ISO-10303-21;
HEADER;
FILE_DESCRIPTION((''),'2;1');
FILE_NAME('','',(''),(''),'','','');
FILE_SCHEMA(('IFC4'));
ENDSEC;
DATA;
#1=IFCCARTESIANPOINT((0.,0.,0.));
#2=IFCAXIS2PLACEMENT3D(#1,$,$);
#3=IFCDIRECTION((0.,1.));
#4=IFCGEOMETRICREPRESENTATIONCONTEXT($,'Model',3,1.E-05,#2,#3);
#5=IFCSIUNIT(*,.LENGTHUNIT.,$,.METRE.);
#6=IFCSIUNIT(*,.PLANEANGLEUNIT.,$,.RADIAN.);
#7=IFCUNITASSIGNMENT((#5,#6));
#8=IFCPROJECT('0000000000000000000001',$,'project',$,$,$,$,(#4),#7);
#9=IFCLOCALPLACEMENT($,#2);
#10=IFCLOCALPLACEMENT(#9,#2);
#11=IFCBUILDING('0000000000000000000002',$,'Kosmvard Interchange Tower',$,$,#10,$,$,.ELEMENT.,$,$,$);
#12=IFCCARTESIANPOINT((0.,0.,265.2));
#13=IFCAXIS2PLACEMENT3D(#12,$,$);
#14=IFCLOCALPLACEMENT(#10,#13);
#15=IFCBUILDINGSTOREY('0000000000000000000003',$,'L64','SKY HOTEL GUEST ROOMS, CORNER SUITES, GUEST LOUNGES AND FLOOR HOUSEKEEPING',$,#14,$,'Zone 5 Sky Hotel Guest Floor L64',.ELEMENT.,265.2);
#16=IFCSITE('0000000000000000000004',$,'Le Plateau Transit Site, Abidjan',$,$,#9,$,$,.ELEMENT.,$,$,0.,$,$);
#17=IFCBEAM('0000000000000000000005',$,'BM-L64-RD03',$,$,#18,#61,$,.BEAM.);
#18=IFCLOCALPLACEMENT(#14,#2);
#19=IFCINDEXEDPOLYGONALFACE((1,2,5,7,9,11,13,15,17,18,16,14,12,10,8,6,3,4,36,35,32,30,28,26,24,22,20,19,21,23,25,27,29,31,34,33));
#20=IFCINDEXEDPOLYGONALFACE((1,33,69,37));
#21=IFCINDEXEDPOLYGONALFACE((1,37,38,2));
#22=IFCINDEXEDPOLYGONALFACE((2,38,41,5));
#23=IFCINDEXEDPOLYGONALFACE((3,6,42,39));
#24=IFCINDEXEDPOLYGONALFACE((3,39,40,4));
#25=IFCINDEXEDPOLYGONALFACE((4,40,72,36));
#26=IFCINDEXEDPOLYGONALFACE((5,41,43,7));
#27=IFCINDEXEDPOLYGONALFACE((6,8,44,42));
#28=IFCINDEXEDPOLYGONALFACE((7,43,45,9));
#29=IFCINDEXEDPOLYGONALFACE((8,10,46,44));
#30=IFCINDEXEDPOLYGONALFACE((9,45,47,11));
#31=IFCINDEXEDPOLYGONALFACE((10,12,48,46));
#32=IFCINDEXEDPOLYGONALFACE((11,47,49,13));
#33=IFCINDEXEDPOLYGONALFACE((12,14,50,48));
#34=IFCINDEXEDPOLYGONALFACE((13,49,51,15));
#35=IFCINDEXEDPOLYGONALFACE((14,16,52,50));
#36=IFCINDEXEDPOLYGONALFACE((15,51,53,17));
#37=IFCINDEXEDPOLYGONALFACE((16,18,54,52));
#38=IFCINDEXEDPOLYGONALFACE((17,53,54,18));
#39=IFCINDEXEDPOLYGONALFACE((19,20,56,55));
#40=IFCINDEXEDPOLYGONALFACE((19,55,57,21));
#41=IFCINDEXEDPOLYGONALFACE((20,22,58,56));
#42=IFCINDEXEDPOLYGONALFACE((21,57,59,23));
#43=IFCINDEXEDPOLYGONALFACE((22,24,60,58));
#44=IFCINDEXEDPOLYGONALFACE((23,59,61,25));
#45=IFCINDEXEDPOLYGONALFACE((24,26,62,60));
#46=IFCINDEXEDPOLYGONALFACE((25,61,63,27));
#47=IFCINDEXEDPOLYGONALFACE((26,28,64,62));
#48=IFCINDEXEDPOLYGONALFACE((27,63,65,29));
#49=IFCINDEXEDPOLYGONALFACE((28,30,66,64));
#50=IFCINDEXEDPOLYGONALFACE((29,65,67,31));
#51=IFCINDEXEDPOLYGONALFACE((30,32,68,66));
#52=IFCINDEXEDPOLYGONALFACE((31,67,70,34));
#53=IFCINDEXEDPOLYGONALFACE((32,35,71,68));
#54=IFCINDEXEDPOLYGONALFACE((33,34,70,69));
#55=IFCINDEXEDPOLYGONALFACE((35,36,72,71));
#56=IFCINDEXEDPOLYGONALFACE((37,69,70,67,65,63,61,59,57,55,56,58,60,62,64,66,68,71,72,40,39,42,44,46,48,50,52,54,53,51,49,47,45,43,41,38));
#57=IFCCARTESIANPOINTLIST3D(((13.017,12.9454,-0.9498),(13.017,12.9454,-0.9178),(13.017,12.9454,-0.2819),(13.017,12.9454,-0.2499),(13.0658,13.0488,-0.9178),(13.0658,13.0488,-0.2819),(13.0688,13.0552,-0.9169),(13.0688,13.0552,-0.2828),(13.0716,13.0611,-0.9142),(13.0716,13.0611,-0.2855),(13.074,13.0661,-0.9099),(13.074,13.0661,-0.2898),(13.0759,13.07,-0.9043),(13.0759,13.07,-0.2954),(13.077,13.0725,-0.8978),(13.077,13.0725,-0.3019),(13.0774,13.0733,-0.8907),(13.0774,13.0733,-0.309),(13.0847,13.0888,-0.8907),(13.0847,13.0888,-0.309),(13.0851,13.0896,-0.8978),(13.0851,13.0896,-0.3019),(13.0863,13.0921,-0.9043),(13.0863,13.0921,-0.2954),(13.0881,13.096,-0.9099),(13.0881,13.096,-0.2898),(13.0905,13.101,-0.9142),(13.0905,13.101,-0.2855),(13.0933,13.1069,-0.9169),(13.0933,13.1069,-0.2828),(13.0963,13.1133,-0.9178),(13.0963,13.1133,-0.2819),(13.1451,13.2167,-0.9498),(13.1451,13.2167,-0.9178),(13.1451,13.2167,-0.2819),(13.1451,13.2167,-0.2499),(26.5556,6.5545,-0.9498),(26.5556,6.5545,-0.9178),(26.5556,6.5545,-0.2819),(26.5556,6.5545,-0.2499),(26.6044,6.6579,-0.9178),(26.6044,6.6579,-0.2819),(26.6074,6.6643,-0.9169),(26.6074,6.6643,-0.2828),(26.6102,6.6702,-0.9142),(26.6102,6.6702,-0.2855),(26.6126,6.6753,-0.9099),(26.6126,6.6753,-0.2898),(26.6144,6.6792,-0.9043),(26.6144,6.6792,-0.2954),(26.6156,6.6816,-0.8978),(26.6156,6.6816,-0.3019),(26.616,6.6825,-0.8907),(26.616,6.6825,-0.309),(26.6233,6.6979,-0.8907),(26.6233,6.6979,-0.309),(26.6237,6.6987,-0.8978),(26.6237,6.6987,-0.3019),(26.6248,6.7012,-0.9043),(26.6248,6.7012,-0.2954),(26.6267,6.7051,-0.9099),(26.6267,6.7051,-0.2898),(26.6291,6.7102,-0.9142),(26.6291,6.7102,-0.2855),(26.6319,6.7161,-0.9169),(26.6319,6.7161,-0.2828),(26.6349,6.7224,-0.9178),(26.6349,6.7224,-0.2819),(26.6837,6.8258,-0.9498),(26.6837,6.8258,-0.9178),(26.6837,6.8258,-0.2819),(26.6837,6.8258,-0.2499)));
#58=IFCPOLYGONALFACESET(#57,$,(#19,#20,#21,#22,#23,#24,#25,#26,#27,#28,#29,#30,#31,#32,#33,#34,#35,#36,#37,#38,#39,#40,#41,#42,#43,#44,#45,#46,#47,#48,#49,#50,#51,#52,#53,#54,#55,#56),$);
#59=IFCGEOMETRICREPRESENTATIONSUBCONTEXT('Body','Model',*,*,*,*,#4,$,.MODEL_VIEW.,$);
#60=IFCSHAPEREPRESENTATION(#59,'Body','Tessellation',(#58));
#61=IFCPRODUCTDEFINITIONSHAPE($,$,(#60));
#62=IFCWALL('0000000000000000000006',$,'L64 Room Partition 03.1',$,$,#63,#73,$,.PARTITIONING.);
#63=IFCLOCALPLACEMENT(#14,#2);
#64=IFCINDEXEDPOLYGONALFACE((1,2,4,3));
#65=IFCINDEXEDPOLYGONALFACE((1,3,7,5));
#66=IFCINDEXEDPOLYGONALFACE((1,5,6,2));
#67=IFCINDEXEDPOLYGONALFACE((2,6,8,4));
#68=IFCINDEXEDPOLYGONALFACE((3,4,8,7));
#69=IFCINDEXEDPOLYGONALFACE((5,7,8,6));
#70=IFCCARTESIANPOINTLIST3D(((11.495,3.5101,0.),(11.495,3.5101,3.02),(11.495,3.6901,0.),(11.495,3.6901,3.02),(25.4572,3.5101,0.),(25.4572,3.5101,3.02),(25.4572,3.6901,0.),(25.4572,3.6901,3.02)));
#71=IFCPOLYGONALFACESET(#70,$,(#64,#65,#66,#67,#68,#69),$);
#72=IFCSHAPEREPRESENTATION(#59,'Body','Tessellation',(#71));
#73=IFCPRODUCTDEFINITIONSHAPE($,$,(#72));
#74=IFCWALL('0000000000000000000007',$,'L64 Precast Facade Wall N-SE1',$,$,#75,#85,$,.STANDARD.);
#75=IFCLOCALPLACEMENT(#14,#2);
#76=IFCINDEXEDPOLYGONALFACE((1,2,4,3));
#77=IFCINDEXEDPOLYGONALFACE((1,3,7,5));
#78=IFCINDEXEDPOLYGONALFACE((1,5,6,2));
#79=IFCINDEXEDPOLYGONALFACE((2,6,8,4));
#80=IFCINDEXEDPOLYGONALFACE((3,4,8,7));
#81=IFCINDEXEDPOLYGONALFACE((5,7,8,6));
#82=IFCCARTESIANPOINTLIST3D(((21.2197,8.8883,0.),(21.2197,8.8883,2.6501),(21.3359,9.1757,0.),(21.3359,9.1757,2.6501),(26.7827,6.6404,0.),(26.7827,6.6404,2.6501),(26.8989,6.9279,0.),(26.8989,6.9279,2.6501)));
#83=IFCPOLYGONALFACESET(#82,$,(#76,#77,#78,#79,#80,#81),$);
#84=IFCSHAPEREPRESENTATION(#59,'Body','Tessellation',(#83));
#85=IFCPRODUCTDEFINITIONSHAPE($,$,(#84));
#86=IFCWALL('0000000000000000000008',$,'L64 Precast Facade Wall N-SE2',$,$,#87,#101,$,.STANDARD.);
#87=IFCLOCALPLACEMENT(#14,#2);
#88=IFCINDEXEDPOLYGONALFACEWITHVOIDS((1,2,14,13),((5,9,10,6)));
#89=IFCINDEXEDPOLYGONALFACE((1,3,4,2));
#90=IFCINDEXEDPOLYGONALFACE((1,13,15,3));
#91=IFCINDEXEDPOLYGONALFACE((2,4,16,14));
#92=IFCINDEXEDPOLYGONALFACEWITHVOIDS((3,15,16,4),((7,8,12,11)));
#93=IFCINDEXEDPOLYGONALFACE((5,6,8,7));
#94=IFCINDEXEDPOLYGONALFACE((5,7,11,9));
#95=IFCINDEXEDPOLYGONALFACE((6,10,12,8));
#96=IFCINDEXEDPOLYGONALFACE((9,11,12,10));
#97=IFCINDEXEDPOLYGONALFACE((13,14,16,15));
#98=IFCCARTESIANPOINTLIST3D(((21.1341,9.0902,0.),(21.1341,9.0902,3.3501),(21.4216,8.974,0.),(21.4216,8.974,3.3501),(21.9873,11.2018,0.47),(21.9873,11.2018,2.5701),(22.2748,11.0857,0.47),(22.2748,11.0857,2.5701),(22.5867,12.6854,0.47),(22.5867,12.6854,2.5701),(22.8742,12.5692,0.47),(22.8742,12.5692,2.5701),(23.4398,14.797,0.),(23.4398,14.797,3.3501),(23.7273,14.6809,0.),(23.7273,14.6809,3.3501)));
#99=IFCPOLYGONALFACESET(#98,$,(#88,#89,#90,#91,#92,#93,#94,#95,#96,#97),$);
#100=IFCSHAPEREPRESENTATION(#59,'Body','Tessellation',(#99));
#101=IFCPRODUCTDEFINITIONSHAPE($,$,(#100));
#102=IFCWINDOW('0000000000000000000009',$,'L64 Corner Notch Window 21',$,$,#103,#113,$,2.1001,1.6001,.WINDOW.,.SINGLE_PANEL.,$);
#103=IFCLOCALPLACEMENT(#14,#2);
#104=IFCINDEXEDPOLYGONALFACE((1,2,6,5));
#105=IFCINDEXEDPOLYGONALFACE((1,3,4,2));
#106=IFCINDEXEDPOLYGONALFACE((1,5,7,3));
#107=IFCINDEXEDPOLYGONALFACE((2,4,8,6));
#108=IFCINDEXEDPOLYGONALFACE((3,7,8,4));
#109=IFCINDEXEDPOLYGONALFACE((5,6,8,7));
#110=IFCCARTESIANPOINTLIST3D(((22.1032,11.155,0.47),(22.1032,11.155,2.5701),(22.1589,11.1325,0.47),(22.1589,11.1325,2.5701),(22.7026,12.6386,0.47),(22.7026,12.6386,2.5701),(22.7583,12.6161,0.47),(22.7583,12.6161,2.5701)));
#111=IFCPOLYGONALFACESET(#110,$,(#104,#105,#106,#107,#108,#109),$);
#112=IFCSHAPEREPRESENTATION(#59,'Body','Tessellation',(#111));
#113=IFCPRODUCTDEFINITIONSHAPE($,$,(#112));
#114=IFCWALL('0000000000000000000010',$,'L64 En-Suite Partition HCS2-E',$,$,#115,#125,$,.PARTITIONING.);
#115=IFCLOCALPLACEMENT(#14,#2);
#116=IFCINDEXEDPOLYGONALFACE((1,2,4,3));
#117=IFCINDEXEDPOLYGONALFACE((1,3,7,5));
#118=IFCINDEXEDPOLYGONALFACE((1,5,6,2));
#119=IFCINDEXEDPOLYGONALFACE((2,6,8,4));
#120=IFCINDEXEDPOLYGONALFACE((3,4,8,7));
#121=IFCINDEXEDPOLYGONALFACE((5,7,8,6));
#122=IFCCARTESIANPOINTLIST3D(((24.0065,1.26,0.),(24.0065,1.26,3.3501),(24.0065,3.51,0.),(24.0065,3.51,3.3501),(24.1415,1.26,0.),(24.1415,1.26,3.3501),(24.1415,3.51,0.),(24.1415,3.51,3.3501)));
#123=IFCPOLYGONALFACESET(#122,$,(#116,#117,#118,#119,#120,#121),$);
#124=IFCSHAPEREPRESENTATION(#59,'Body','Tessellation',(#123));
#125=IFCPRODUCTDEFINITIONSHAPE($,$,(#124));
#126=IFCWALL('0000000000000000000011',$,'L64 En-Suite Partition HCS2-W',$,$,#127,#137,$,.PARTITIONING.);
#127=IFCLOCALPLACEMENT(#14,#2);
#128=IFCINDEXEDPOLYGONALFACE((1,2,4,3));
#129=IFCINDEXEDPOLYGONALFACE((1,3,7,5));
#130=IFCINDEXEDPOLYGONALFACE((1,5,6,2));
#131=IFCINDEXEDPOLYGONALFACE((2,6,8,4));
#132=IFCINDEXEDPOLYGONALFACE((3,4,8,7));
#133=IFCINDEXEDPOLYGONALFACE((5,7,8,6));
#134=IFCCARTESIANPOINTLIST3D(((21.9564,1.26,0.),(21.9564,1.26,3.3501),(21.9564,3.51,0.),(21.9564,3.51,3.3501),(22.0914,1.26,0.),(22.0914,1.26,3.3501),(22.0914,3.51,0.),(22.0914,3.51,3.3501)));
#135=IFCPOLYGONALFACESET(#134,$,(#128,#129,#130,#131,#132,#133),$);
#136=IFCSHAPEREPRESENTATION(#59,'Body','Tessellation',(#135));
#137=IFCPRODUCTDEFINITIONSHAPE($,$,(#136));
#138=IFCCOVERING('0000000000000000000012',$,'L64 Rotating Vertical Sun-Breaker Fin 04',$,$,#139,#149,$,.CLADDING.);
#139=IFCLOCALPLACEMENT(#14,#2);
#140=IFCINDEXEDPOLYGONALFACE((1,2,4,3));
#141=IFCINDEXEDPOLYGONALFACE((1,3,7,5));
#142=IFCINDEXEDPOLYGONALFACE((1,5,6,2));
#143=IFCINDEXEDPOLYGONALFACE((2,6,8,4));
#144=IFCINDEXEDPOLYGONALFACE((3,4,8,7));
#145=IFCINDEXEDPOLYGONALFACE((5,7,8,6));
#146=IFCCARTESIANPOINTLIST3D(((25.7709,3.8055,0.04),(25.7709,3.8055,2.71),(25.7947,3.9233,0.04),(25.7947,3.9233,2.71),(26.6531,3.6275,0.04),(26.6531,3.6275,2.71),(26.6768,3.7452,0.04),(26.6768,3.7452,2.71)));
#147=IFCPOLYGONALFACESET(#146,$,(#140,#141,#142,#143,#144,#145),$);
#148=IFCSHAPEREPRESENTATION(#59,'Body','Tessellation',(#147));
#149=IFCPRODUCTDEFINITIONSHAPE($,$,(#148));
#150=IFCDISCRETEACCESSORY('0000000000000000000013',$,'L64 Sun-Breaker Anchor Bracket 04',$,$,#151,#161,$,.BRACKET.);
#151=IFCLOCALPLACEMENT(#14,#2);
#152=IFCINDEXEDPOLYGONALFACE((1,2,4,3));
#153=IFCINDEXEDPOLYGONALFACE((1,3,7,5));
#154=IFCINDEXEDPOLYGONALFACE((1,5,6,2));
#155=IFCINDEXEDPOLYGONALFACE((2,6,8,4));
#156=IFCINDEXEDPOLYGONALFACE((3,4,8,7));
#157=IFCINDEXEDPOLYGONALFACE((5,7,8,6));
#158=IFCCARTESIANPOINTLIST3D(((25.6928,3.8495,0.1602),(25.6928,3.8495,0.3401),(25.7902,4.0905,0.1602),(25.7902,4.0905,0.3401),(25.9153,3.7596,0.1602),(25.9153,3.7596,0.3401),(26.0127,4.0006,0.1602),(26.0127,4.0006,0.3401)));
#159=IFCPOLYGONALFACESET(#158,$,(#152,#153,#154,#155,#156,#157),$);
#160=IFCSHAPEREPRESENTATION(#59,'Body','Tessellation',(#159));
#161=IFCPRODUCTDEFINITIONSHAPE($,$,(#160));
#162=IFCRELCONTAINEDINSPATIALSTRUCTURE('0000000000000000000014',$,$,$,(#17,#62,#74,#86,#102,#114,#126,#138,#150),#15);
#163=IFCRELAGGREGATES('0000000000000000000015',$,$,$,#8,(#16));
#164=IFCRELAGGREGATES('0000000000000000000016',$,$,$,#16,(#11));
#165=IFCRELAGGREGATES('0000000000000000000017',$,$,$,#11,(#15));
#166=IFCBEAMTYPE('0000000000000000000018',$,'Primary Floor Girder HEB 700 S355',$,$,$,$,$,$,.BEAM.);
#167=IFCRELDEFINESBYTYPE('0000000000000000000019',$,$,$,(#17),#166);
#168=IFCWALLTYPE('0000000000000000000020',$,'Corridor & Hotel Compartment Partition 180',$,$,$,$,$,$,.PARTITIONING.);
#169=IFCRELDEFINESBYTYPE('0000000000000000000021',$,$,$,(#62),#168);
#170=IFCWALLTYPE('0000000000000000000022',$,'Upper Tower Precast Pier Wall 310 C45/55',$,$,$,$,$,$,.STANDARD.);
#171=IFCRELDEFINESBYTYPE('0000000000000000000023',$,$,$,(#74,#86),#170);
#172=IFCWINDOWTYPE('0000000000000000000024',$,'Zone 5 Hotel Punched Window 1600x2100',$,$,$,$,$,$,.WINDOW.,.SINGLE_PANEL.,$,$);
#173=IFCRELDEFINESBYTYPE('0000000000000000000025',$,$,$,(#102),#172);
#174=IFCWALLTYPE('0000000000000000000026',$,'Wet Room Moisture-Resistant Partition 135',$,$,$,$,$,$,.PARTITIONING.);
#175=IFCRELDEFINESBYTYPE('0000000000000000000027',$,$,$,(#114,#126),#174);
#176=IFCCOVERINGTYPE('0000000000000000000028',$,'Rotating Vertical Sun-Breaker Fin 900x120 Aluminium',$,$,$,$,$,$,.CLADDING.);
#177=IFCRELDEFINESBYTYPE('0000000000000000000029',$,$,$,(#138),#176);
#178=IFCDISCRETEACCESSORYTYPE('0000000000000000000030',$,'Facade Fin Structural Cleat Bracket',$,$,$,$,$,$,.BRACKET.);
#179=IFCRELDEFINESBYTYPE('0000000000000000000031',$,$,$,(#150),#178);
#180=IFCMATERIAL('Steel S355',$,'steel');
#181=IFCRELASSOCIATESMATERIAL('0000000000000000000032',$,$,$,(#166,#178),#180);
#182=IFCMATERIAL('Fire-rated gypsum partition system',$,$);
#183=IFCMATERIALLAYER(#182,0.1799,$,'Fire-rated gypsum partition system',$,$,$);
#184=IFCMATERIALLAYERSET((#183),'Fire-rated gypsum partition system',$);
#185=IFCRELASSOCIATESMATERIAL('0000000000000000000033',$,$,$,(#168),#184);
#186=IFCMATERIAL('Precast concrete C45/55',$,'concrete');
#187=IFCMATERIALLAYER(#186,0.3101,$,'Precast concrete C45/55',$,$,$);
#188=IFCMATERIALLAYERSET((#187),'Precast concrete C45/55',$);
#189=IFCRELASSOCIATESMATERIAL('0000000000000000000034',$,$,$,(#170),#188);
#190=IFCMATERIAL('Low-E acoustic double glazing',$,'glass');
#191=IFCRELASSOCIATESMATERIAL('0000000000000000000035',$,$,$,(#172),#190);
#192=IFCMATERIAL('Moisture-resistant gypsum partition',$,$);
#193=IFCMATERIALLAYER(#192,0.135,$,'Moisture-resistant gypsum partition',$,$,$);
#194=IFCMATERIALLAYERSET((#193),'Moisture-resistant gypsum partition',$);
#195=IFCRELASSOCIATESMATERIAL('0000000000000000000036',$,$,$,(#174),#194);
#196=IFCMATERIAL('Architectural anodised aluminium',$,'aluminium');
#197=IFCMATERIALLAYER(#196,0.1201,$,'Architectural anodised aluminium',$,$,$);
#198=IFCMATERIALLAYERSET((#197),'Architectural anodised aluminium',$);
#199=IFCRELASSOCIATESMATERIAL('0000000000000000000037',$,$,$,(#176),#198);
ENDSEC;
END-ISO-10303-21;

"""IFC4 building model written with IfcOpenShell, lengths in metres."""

from ifc_helpers import new_model, si_unit, direction, frame, frame_2d, origin, origin_2d, place, context, subcontext, project, spatial, rectangle, i_section, extrude, source, transform, mapped, material, layer, layer_set, material_profile, profile_set, type_object, element, fill, save


model = new_model("IFC4")

# Units and contexts
model_context = context("Model", 3, precision=1e-05, world=origin(), true_north=direction((0.0, 1.0)))
body_context = subcontext(model_context, "Body", "Model", "MODEL_VIEW")
ifc_project = project(units=[si_unit("LENGTHUNIT", "METRE"), si_unit("PLANEANGLEUNIT", "RADIAN")], contexts=[model_context])

# Site, building, storey
site_placement = place(None, origin())
site = spatial("IfcSite", under=ifc_project, at=site_placement, Name="Le Plateau Transit Site, Abidjan", CompositionType="ELEMENT", RefElevation=0.0)
building_placement = place(site_placement, origin())
building = spatial("IfcBuilding", under=site, at=building_placement, Name="Kosmvard Interchange Tower", CompositionType="ELEMENT")
storey_placement = place(building_placement, frame((0.0, 0.0, 265.2)))
storey = spatial("IfcBuildingStorey", under=building, at=storey_placement, Name="L64", Description="SKY HOTEL GUEST ROOMS, CORNER SUITES, GUEST LOUNGES AND FLOOR HOUSEKEEPING", LongName="Zone 5 Sky Hotel Guest Floor L64", CompositionType="ELEMENT", Elevation=265.2)

# Beam
ifc_material_1 = material(Name="Steel S355", Category="steel")
ifc_material_2 = material(Name="Precast concrete C45/55", Category="concrete")
ifc_material_profile_1 = material_profile(ifc_material_1, i_section(OverallWidth=0.3, OverallDepth=0.7, WebThickness=0.0171, FlangeThickness=0.032, FilletRadius=0.0271, at=origin_2d()), Name="HEB 700")
ifc_profile_set_1 = profile_set([ifc_material_profile_1], Name="Steel S355")
beam_type_1 = type_object("IfcBeamType", Name="Primary Floor Girder HEB 700 S355", PredefinedType="BEAM", material=ifc_profile_set_1)
shared_shape_1 = source(origin(), body_context, "Body", "SweptSolid", [
    extrude(i_section(OverallWidth=0.3, OverallDepth=0.7, WebThickness=0.0171, FlangeThickness=0.032, FilletRadius=0.0271, at=origin_2d()), origin(), (0.0, 0.0, 1.0), 14.9712),
])
beam_1_placement = place(storey_placement, frame((13.0811, 13.0811, -0.5999), z_axis=(0.904309, -0.426878, 0.0), x_axis=(0.426878, 0.904309, 0.0)))
element("IfcBeam", 1, at=beam_1_placement, inside=storey, type_object=beam_type_1, Name="BM-L64-RD03", PredefinedType="BEAM", context=body_context, shape_type="MappedRepresentation", body=[
    mapped(shared_shape_1, transform((0.0, 0.0, 0.0), scale=1.0)),
])

# Walls
ifc_material_3 = material(Name="Fire-rated gypsum partition system")
ifc_layer_1 = layer(ifc_material_3, 0.1799, Name="Fire-rated gypsum partition system")
ifc_layer_set_1 = layer_set([ifc_layer_1], Name="Fire-rated gypsum partition system")
wall_type_1 = type_object("IfcWallType", Name="Corridor & Hotel Compartment Partition 180", PredefinedType="PARTITIONING", material=ifc_layer_set_1)
wall_1_placement = place(storey_placement, frame((11.4951, 3.6001, 0.0), z_axis=(0.0, 0.0, 1.0), x_axis=(1.0, 0.0, 0.0)))
element("IfcWall", 2, at=wall_1_placement, inside=storey, type_object=wall_type_1, Name="L64 Room Partition 03.1", PredefinedType="PARTITIONING", context=body_context, shape_type="SweptSolid", body=[
    extrude(rectangle(XDim=13.9622, YDim=0.1799, at=frame_2d((6.981, 0.0))), origin(), (0.0, 0.0, 1.0), 3.02),
])
ifc_layer_2 = layer(ifc_material_2, 0.3101, Name="Precast concrete C45/55")
ifc_layer_set_2 = layer_set([ifc_layer_2], Name="Precast concrete C45/55")
wall_type_2 = type_object("IfcWallType", Name="Upper Tower Precast Pier Wall 310 C45/55", PredefinedType="STANDARD", material=ifc_layer_set_2)
wall_2_placement = place(storey_placement, frame((26.8408, 6.7842, 0.0), z_axis=(0.0, 0.0, 1.0), x_axis=(-0.927172, 0.374637, 0.0)))
element("IfcWall", 3, at=wall_2_placement, inside=storey, type_object=wall_type_2, Name="L64 Precast Facade Wall N-SE1", PredefinedType="STANDARD", context=body_context, shape_type="SweptSolid", body=[
    extrude(rectangle(XDim=6.0, YDim=0.3101, at=frame_2d((3.0, 0.0))), origin(), (0.0, 0.0, 1.0), 2.6501),
])

# Wall, opening, window
wall_3_placement = place(storey_placement, frame((21.2778, 9.032, 0.0), z_axis=(0.0, 0.0, 1.0), x_axis=(0.374603, 0.927185, 0.0)))
wall_3 = element("IfcWall", 4, at=wall_3_placement, inside=storey, type_object=wall_type_2, Name="L64 Precast Facade Wall N-SE2", PredefinedType="STANDARD", context=body_context, shape_type="SweptSolid", body=[
    extrude(rectangle(XDim=6.155, YDim=0.3101, at=frame_2d((3.0776, 0.0))), origin(), (0.0, 0.0, 1.0), 3.3501),
])
opening_placement = place(wall_3_placement, frame((2.2776, 0.0, 0.47)))
opening = element("IfcOpeningElement", 5, at=opening_placement, cuts=wall_3, PredefinedType="OPENING", context=body_context, shape_type="SweptSolid", body=[
    extrude(rectangle(XDim=1.6001, YDim=2.1001, at=frame_2d((0.8, 1.05))), frame((0.0, 0.165, 0.0), z_axis=(0.0, -1.0, 0.0), x_axis=(1.0, 0.0, 0.0)), (0.0, 0.0, 1.0), 0.3301),
])
ifc_material_4 = material(Name="Low-E acoustic double glazing", Category="glass")
window_type = type_object("IfcWindowType", Name="Zone 5 Hotel Punched Window 1600x2100", PartitioningType="SINGLE_PANEL", PredefinedType="WINDOW", material=ifc_material_4)
shared_shape_2 = source(origin(), body_context, "Body", "SweptSolid", [
    extrude(rectangle(XDim=1.6001, YDim=2.1001, at=frame_2d((0.8, 1.05))), frame((0.0, 0.03, 0.0), z_axis=(0.0, -1.0, 0.0), x_axis=(1.0, 0.0, 0.0)), (0.0, 0.0, 1.0), 0.0601),
])
window_placement = place(opening_placement, origin())
window = element("IfcWindow", 6, at=window_placement, inside=storey, type_object=window_type, Name="L64 Corner Notch Window 21", OverallHeight=2.1001, OverallWidth=1.6001, PartitioningType="SINGLE_PANEL", PredefinedType="WINDOW", context=body_context, shape_type="MappedRepresentation", body=[
    mapped(shared_shape_2, transform((0.0, 0.0, 0.0), scale=1.0)),
])
fill(opening, window)

# Walls
ifc_material_5 = material(Name="Moisture-resistant gypsum partition")
ifc_layer_3 = layer(ifc_material_5, 0.135, Name="Moisture-resistant gypsum partition")
ifc_layer_set_3 = layer_set([ifc_layer_3], Name="Moisture-resistant gypsum partition")
wall_type_3 = type_object("IfcWallType", Name="Wet Room Moisture-Resistant Partition 135", PredefinedType="PARTITIONING", material=ifc_layer_set_3)
for number, where, z_axis, x_axis, name in (
    (7, (24.074, 1.26, 0.0), (0.0, 0.0, 1.0), (0.0, 1.0, 0.0), "L64 En-Suite Partition HCS2-E"),
    (8, (22.0239, 1.26, 0.0), (0.0, 0.0, 1.0), (0.0, 1.0, 0.0), "L64 En-Suite Partition HCS2-W"),
):
    element("IfcWall", number, at=place(storey_placement, frame(where, z_axis=z_axis, x_axis=x_axis)), inside=storey, type_object=wall_type_3, Name=name, PredefinedType="PARTITIONING", context=body_context, shape_type="SweptSolid", body=[
        extrude(rectangle(XDim=2.25, YDim=0.135, at=frame_2d((1.125, 0.0))), origin(), (0.0, 0.0, 1.0), 3.3501),
    ])

# Covering
ifc_material_6 = material(Name="Architectural anodised aluminium", Category="aluminium")
ifc_layer_4 = layer(ifc_material_6, 0.1201, Name="Architectural anodised aluminium")
ifc_layer_set_4 = layer_set([ifc_layer_4], Name="Architectural anodised aluminium")
covering_type = type_object("IfcCoveringType", Name="Rotating Vertical Sun-Breaker Fin 900x120 Aluminium", PredefinedType="CLADDING", material=ifc_layer_set_4)
shared_shape_3 = source(origin(), body_context, "Body", "SweptSolid", [
    extrude(rectangle(XDim=0.8999, YDim=0.1201, at=origin_2d()), origin(), (0.0, 0.0, 1.0), 2.6699),
])
covering_placement = place(storey_placement, frame((26.2239, 3.7754, 0.04), z_axis=(0.0, 0.0, 1.0), x_axis=(0.980237, -0.197828, 0.0)))
element("IfcCovering", 9, at=covering_placement, inside=storey, type_object=covering_type, Name="L64 Rotating Vertical Sun-Breaker Fin 04", PredefinedType="CLADDING", context=body_context, shape_type="MappedRepresentation", body=[
    mapped(shared_shape_3, transform((0.0, 0.0, 0.0), scale=1.0)),
])

# Discrete accessory
discrete_accessory_type = type_object("IfcDiscreteAccessoryType", Name="Facade Fin Structural Cleat Bracket", PredefinedType="BRACKET", material=ifc_material_1)
shared_shape_4 = source(origin(), body_context, "Body", "SweptSolid", [
    extrude(rectangle(XDim=0.24, YDim=0.26, at=origin_2d()), origin(), (0.0, 0.0, 1.0), 0.1799),
])
discrete_accessory_placement = place(storey_placement, frame((25.8528, 3.925, 0.1602), z_axis=(0.0, 0.0, 1.0), x_axis=(0.927184, -0.374607, 0.0)))
element("IfcDiscreteAccessory", 10, at=discrete_accessory_placement, inside=storey, type_object=discrete_accessory_type, Name="L64 Sun-Breaker Anchor Bracket 04", PredefinedType="BRACKET", context=body_context, shape_type="MappedRepresentation", body=[
    mapped(shared_shape_4, transform((0.0, 0.0, 0.0), scale=1.0)),
])

save(model, "model.ifc")
